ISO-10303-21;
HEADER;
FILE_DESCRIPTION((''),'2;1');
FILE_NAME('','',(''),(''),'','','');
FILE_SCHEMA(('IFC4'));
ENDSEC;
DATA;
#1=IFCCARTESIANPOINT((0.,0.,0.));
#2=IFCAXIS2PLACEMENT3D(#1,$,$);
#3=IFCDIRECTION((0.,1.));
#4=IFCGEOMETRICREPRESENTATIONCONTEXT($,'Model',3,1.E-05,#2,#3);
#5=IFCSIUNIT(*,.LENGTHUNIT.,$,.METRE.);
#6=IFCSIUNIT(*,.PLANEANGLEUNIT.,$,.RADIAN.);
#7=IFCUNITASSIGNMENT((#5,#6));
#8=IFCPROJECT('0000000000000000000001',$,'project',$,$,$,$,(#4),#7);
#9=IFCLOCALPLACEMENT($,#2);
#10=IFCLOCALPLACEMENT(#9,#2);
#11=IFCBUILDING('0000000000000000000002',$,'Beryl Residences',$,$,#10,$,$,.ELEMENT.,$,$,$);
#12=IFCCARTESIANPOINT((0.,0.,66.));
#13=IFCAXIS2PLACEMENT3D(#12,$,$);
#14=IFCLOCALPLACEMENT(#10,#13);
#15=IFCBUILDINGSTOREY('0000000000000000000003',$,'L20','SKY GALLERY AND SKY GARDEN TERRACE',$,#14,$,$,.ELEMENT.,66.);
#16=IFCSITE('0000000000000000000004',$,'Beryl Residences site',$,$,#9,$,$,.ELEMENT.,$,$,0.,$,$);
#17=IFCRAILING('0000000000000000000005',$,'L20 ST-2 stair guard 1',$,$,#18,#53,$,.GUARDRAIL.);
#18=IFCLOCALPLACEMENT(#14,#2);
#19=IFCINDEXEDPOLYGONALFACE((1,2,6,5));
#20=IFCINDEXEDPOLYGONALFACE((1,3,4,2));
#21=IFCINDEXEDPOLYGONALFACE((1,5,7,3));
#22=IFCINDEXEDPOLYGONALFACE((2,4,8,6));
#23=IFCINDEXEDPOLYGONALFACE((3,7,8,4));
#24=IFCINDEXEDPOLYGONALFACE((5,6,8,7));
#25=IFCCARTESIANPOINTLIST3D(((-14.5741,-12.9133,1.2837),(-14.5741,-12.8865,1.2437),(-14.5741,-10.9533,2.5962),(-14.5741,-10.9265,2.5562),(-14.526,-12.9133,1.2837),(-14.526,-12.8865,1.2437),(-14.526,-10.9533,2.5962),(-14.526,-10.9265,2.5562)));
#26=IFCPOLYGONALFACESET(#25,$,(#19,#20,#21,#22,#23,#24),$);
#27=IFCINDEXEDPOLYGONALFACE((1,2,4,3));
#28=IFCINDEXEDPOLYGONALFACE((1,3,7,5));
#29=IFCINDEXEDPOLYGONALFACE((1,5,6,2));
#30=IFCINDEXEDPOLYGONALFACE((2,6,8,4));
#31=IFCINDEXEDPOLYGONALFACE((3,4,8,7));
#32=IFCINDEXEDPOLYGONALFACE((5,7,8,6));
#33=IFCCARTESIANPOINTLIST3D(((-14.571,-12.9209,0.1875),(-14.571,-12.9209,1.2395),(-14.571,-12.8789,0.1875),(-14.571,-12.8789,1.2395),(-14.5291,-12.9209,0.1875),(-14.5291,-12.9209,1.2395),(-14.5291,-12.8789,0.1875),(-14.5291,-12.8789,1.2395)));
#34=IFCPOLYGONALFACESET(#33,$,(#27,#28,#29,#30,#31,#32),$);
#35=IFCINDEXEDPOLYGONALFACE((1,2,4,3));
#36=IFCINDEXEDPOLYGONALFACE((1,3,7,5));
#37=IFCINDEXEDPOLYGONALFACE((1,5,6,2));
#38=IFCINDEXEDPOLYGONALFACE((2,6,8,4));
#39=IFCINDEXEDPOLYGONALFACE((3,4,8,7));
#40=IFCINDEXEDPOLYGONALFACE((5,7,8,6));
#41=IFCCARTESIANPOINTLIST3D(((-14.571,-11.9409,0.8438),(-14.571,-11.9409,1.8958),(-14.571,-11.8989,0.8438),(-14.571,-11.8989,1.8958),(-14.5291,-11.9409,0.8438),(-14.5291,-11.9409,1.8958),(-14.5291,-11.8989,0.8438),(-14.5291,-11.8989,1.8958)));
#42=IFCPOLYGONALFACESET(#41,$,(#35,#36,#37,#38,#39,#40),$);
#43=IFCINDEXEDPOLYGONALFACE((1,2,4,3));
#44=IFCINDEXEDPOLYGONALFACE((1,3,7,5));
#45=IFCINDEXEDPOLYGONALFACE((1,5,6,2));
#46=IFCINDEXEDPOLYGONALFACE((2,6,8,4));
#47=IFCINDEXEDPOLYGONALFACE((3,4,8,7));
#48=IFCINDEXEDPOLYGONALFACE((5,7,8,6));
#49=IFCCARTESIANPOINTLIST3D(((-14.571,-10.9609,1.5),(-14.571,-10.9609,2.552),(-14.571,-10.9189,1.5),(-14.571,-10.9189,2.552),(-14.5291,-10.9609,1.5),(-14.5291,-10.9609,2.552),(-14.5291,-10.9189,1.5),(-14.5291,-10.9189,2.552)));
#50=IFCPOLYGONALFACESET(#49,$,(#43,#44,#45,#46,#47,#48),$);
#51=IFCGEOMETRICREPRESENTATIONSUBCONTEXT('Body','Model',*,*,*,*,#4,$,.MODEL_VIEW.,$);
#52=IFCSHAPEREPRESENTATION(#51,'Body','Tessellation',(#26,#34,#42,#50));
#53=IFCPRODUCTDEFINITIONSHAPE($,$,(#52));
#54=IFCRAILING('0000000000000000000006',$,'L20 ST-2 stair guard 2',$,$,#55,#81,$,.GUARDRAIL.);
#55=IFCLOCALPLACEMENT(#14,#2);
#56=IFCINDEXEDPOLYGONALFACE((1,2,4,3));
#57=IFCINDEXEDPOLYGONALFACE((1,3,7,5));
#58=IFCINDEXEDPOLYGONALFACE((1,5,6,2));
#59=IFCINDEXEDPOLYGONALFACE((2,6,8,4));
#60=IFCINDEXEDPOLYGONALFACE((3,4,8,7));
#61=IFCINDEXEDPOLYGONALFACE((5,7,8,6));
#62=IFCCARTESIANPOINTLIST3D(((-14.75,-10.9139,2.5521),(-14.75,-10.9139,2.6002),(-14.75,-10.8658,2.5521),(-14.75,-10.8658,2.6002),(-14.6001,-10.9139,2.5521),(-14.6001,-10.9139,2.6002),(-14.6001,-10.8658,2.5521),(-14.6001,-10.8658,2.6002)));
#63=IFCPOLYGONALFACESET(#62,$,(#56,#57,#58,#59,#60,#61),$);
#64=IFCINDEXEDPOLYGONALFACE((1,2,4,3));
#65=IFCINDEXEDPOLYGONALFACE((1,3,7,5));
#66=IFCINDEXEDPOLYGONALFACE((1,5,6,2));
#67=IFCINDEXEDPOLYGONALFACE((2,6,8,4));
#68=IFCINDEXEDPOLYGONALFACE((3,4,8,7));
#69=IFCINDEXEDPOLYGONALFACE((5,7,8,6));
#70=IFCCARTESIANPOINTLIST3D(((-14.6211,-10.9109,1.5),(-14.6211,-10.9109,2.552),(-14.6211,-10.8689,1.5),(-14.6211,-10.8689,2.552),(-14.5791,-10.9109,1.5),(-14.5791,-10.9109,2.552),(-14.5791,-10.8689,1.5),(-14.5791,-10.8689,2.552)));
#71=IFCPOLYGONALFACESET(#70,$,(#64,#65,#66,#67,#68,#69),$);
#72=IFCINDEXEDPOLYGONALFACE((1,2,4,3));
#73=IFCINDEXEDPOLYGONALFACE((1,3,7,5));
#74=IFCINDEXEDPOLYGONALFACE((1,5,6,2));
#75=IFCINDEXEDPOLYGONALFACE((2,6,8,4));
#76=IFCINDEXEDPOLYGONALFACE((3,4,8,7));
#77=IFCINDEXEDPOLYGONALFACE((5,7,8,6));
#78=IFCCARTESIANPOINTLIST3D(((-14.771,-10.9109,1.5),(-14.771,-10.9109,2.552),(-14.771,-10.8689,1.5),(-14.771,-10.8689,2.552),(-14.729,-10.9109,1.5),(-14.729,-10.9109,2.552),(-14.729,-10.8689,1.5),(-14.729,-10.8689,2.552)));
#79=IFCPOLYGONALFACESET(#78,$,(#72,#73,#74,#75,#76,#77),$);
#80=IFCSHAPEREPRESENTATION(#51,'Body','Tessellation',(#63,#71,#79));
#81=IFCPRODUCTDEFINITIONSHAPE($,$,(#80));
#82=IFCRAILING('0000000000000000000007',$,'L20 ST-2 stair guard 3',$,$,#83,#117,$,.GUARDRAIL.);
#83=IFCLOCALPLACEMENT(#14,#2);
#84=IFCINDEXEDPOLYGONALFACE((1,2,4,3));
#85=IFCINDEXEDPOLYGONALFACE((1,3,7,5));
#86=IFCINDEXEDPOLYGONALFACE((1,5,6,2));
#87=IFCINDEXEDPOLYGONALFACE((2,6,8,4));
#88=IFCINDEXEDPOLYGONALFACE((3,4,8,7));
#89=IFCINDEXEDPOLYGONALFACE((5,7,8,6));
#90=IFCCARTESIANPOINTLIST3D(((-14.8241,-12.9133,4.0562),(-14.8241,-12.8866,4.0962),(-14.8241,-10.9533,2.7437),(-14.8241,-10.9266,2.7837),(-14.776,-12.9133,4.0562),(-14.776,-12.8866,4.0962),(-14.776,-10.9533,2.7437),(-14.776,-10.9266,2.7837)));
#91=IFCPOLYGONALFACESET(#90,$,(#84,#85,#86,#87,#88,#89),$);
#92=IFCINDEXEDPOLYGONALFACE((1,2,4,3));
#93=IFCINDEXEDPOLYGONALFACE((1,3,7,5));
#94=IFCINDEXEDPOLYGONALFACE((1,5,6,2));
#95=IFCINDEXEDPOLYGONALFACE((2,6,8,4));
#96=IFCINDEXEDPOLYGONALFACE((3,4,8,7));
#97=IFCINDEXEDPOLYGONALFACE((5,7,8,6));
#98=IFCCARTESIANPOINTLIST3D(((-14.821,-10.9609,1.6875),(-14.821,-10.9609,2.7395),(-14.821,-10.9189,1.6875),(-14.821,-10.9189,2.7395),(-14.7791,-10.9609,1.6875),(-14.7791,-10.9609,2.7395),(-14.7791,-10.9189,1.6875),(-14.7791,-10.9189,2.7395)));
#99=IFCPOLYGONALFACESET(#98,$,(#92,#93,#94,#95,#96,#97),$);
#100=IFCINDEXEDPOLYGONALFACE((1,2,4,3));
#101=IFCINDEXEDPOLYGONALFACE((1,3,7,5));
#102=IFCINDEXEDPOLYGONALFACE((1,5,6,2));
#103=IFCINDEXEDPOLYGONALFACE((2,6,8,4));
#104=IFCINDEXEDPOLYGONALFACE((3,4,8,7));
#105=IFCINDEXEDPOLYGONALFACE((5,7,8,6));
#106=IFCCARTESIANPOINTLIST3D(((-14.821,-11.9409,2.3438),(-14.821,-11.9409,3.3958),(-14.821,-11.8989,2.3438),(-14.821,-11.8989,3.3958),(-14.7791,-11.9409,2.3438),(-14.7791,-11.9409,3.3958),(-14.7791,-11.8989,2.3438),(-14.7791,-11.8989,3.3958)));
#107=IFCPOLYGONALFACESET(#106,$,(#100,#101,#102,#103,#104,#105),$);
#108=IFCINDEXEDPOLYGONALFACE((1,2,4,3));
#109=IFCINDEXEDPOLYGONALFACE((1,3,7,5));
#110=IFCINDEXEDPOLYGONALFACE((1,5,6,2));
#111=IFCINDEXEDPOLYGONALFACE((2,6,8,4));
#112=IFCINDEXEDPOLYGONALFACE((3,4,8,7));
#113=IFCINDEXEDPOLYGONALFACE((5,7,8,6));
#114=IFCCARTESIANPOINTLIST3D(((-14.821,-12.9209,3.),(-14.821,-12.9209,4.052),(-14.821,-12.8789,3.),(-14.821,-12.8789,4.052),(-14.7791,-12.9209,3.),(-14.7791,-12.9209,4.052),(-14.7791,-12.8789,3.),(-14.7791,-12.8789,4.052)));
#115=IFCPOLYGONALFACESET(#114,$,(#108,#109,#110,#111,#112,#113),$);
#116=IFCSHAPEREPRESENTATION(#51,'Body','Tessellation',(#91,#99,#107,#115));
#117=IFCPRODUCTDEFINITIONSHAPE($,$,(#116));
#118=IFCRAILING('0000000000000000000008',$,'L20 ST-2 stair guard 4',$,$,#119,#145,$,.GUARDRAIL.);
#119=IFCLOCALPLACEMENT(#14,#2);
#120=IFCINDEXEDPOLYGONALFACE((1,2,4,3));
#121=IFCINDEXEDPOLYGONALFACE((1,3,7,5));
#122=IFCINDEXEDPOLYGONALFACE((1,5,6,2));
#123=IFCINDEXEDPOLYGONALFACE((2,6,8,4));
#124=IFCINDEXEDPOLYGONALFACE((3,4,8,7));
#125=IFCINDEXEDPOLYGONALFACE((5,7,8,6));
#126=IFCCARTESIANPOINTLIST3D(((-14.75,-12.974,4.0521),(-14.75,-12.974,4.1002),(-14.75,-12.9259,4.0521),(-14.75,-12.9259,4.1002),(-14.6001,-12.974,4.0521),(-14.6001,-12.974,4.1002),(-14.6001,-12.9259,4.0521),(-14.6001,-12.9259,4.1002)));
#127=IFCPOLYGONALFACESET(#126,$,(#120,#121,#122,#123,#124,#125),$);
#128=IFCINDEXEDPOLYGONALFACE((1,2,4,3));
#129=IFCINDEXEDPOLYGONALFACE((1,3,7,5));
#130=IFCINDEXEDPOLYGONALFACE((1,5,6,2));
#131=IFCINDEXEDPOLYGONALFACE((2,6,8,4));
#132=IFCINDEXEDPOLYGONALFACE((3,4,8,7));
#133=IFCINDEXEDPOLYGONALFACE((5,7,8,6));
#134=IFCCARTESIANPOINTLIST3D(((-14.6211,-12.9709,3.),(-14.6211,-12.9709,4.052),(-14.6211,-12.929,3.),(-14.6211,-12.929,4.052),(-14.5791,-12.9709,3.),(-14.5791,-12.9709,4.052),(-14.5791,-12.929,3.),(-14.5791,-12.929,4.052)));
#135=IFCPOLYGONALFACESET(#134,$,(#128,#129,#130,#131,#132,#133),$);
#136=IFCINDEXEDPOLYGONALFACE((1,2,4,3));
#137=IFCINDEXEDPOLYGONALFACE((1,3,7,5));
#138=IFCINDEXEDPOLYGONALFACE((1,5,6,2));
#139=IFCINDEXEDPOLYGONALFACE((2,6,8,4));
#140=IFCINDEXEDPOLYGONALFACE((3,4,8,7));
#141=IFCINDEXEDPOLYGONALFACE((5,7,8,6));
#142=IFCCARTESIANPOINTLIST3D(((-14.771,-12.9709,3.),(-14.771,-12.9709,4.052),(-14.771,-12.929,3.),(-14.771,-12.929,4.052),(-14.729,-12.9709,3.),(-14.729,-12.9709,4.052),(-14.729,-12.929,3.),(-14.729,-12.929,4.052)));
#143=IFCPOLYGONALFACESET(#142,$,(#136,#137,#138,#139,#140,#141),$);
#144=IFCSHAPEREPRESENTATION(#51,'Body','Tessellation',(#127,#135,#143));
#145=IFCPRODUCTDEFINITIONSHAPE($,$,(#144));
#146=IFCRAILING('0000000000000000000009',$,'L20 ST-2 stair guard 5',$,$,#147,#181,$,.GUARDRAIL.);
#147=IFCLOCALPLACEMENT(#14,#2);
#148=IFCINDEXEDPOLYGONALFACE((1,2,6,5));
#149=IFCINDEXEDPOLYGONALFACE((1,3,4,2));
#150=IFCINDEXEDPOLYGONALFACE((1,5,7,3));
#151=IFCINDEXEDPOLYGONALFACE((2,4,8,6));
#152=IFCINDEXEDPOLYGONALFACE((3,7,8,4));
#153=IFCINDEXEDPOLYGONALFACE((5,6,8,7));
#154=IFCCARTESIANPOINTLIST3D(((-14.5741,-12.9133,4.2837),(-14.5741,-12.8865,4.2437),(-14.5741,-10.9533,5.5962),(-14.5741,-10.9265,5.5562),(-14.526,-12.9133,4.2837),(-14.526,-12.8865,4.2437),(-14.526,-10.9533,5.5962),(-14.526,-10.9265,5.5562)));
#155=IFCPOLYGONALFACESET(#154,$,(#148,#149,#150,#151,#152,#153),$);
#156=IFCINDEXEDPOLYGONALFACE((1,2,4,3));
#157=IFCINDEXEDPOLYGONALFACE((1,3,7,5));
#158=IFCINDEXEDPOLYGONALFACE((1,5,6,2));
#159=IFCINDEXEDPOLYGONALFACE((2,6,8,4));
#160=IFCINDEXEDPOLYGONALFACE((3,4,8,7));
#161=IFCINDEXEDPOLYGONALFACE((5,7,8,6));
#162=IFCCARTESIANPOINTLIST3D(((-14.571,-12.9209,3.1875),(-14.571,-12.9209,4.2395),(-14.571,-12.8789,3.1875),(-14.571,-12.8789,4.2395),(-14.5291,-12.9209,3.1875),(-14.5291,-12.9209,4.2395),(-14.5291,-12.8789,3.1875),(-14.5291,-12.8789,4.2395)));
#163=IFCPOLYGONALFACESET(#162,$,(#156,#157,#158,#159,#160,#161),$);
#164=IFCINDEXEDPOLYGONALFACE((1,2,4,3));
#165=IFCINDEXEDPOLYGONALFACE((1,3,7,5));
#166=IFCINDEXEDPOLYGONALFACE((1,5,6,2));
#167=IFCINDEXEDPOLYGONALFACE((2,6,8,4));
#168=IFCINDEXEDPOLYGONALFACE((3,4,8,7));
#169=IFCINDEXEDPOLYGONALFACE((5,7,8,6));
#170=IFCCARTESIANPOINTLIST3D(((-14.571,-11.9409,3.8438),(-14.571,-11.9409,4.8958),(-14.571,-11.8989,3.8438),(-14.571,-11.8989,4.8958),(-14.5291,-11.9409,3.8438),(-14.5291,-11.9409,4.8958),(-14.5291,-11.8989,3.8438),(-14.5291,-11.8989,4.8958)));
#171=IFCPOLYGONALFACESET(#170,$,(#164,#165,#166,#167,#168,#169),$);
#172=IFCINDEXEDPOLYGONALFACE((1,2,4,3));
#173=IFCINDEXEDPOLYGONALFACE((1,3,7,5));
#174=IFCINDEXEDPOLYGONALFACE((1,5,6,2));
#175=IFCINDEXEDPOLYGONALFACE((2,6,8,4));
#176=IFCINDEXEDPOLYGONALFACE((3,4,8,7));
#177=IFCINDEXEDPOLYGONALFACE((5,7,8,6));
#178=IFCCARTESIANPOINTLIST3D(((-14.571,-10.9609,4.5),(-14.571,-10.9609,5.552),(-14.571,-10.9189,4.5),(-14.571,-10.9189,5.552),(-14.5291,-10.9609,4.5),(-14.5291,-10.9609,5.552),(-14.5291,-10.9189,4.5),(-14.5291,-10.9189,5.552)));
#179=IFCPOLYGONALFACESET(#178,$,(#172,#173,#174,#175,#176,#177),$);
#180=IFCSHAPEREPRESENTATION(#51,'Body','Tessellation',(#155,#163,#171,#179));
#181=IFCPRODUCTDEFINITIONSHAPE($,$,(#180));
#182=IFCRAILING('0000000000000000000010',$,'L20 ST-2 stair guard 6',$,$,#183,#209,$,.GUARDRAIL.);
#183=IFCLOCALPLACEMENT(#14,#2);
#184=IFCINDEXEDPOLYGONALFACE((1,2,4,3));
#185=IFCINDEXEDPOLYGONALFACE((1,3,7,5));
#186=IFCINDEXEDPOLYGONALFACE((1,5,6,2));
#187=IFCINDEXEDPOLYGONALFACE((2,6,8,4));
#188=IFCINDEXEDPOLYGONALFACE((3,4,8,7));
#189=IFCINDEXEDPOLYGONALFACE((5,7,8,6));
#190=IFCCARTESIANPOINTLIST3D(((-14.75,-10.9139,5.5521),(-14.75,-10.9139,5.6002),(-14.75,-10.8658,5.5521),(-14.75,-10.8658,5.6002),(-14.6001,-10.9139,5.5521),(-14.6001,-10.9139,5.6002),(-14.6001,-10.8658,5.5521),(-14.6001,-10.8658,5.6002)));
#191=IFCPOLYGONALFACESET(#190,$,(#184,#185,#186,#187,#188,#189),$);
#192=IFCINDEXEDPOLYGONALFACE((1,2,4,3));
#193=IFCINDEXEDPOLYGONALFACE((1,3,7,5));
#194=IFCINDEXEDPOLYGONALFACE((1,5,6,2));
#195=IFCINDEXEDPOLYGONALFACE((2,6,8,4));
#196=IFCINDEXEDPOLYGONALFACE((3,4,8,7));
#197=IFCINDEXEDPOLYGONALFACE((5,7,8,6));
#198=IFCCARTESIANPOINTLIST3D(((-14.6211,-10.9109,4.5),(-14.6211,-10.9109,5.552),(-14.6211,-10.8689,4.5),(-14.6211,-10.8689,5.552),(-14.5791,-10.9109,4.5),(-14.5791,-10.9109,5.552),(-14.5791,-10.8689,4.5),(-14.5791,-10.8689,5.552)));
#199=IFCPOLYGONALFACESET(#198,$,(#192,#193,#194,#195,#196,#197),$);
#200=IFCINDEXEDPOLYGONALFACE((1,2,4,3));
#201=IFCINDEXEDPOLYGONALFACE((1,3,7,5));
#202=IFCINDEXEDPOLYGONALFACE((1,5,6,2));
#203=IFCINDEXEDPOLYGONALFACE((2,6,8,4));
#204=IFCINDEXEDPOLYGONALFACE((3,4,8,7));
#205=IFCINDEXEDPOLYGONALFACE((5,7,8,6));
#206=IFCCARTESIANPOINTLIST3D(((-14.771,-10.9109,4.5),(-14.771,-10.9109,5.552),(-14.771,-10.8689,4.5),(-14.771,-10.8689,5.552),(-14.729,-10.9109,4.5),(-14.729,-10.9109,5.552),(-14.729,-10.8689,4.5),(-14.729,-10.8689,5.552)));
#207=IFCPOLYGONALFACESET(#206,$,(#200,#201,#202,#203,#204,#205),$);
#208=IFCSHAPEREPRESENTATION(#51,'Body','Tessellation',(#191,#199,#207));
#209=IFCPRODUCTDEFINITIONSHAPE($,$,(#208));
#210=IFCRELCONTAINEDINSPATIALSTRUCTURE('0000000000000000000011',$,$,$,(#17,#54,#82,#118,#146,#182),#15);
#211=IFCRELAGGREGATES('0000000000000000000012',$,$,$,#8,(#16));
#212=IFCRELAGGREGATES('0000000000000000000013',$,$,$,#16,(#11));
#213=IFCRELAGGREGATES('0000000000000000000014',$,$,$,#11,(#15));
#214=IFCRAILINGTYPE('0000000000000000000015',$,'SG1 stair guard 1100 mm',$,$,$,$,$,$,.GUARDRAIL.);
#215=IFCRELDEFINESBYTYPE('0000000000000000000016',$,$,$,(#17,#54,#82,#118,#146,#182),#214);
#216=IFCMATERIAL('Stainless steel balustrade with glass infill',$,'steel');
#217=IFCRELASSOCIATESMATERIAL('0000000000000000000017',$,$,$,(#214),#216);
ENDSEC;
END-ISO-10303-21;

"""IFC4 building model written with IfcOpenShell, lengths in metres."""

from ifc_helpers import new_model, si_unit, direction, frame, origin, origin_2d, place, context, subcontext, project, spatial, rectangle, extrude, material, type_object, element, save


model = new_model("IFC4")

# Units and contexts
model_context = context("Model", 3, precision=1e-05, world=origin(), true_north=direction((0.0, 1.0)))
body_context = subcontext(model_context, "Body", "Model", "MODEL_VIEW")
ifc_project = project(units=[si_unit("LENGTHUNIT", "METRE"), si_unit("PLANEANGLEUNIT", "RADIAN")], contexts=[model_context])

# Site, building, storey
site_placement = place(None, origin())
site = spatial("IfcSite", under=ifc_project, at=site_placement, Name="Beryl Residences site", CompositionType="ELEMENT", RefElevation=0.0)
building_placement = place(site_placement, origin())
building = spatial("IfcBuilding", under=site, at=building_placement, Name="Beryl Residences", CompositionType="ELEMENT")
storey_placement = place(building_placement, frame((0.0, 0.0, 66.0)))
storey = spatial("IfcBuildingStorey", under=building, at=storey_placement, Name="L20", Description="SKY GALLERY AND SKY GARDEN TERRACE", CompositionType="ELEMENT", Elevation=66.0)

# Railings
ifc_material_1 = material(Name="Stainless steel balustrade with glass infill", Category="steel")
railing_type_1 = type_object("IfcRailingType", Name="SG1 stair guard 1100 mm", PredefinedType="GUARDRAIL", material=ifc_material_1)
railing_1_placement = place(storey_placement, frame((-14.55, -12.8999, 0.1875)))
element("IfcRailing", 1, at=railing_1_placement, inside=storey, type_object=railing_type_1, Name="L20 ST-2 stair guard 1", PredefinedType="GUARDRAIL", context=body_context, shape_type="SweptSolid", body=[
    extrude(rectangle(XDim=0.0481, YDim=0.0481, at=origin_2d()), frame((0.0, 0.0, 1.0762), z_axis=(0.0, 0.830902, 0.556419), x_axis=(-1.0, 0.0, 0.0)), (0.0, 0.0, 1.0), 2.3589),
    extrude(rectangle(XDim=0.042, YDim=0.042, at=origin_2d()), origin(), (0.0, 0.0, 1.0), 1.052),
    extrude(rectangle(XDim=0.042, YDim=0.042, at=origin_2d()), frame((0.0, 0.98, 0.6562)), (0.0, 0.0, 1.0), 1.052),
    extrude(rectangle(XDim=0.042, YDim=0.042, at=origin_2d()), frame((0.0, 1.96, 1.3125)), (0.0, 0.0, 1.0), 1.052),
])
railing_2_placement = place(storey_placement, frame((-14.6001, -10.8899, 1.5)))
element("IfcRailing", 2, at=railing_2_placement, inside=storey, type_object=railing_type_1, Name="L20 ST-2 stair guard 2", PredefinedType="GUARDRAIL", context=body_context, shape_type="SweptSolid", body=[
    extrude(rectangle(XDim=0.0481, YDim=0.0481, at=origin_2d()), frame((0.0, 0.0, 1.0762), z_axis=(-1.0, 0.0, 0.0), x_axis=(0.0, -1.0, 0.0)), (0.0, 0.0, 1.0), 0.1499),
    extrude(rectangle(XDim=0.042, YDim=0.042, at=origin_2d()), origin(), (0.0, 0.0, 1.0), 1.052),
    extrude(rectangle(XDim=0.042, YDim=0.042, at=origin_2d()), frame((-0.1499, 0.0, 0.0)), (0.0, 0.0, 1.0), 1.052),
])
railing_3_placement = place(storey_placement, frame((-14.8, -10.9399, 1.6875)))
element("IfcRailing", 3, at=railing_3_placement, inside=storey, type_object=railing_type_1, Name="L20 ST-2 stair guard 3", PredefinedType="GUARDRAIL", context=body_context, shape_type="SweptSolid", body=[
    extrude(rectangle(XDim=0.0481, YDim=0.0481, at=origin_2d()), frame((0.0, 0.0, 1.0762), z_axis=(0.0, -0.830902, 0.556419), x_axis=(1.0, 0.0, 0.0)), (0.0, 0.0, 1.0), 2.3589),
    extrude(rectangle(XDim=0.042, YDim=0.042, at=origin_2d()), origin(), (0.0, 0.0, 1.0), 1.052),
    extrude(rectangle(XDim=0.042, YDim=0.042, at=origin_2d()), frame((0.0, -0.98, 0.6562)), (0.0, 0.0, 1.0), 1.052),
    extrude(rectangle(XDim=0.042, YDim=0.042, at=origin_2d()), frame((0.0, -1.96, 1.3125)), (0.0, 0.0, 1.0), 1.052),
])
railing_4_placement = place(storey_placement, frame((-14.6001, -12.95, 3.0)))
element("IfcRailing", 4, at=railing_4_placement, inside=storey, type_object=railing_type_1, Name="L20 ST-2 stair guard 4", PredefinedType="GUARDRAIL", context=body_context, shape_type="SweptSolid", body=[
    extrude(rectangle(XDim=0.0481, YDim=0.0481, at=origin_2d()), frame((0.0, 0.0, 1.0762), z_axis=(-1.0, 0.0, 0.0), x_axis=(0.0, -1.0, 0.0)), (0.0, 0.0, 1.0), 0.1499),
    extrude(rectangle(XDim=0.042, YDim=0.042, at=origin_2d()), origin(), (0.0, 0.0, 1.0), 1.052),
    extrude(rectangle(XDim=0.042, YDim=0.042, at=origin_2d()), frame((-0.1499, 0.0, 0.0)), (0.0, 0.0, 1.0), 1.052),
])
railing_5_placement = place(storey_placement, frame((-14.55, -12.8999, 3.1875)))
element("IfcRailing", 5, at=railing_5_placement, inside=storey, type_object=railing_type_1, Name="L20 ST-2 stair guard 5", PredefinedType="GUARDRAIL", context=body_context, shape_type="SweptSolid", body=[
    extrude(rectangle(XDim=0.0481, YDim=0.0481, at=origin_2d()), frame((0.0, 0.0, 1.0762), z_axis=(0.0, 0.830902, 0.556419), x_axis=(-1.0, 0.0, 0.0)), (0.0, 0.0, 1.0), 2.3589),
    extrude(rectangle(XDim=0.042, YDim=0.042, at=origin_2d()), origin(), (0.0, 0.0, 1.0), 1.052),
    extrude(rectangle(XDim=0.042, YDim=0.042, at=origin_2d()), frame((0.0, 0.98, 0.6562)), (0.0, 0.0, 1.0), 1.052),
    extrude(rectangle(XDim=0.042, YDim=0.042, at=origin_2d()), frame((0.0, 1.96, 1.3125)), (0.0, 0.0, 1.0), 1.052),
])
railing_6_placement = place(storey_placement, frame((-14.6001, -10.8899, 4.5)))
element("IfcRailing", 6, at=railing_6_placement, inside=storey, type_object=railing_type_1, Name="L20 ST-2 stair guard 6", PredefinedType="GUARDRAIL", context=body_context, shape_type="SweptSolid", body=[
    extrude(rectangle(XDim=0.0481, YDim=0.0481, at=origin_2d()), frame((0.0, 0.0, 1.0762), z_axis=(-1.0, 0.0, 0.0), x_axis=(0.0, -1.0, 0.0)), (0.0, 0.0, 1.0), 0.1499),
    extrude(rectangle(XDim=0.042, YDim=0.042, at=origin_2d()), origin(), (0.0, 0.0, 1.0), 1.052),
    extrude(rectangle(XDim=0.042, YDim=0.042, at=origin_2d()), frame((-0.1499, 0.0, 0.0)), (0.0, 0.0, 1.0), 1.052),
])

save(model, "model.ifc")
